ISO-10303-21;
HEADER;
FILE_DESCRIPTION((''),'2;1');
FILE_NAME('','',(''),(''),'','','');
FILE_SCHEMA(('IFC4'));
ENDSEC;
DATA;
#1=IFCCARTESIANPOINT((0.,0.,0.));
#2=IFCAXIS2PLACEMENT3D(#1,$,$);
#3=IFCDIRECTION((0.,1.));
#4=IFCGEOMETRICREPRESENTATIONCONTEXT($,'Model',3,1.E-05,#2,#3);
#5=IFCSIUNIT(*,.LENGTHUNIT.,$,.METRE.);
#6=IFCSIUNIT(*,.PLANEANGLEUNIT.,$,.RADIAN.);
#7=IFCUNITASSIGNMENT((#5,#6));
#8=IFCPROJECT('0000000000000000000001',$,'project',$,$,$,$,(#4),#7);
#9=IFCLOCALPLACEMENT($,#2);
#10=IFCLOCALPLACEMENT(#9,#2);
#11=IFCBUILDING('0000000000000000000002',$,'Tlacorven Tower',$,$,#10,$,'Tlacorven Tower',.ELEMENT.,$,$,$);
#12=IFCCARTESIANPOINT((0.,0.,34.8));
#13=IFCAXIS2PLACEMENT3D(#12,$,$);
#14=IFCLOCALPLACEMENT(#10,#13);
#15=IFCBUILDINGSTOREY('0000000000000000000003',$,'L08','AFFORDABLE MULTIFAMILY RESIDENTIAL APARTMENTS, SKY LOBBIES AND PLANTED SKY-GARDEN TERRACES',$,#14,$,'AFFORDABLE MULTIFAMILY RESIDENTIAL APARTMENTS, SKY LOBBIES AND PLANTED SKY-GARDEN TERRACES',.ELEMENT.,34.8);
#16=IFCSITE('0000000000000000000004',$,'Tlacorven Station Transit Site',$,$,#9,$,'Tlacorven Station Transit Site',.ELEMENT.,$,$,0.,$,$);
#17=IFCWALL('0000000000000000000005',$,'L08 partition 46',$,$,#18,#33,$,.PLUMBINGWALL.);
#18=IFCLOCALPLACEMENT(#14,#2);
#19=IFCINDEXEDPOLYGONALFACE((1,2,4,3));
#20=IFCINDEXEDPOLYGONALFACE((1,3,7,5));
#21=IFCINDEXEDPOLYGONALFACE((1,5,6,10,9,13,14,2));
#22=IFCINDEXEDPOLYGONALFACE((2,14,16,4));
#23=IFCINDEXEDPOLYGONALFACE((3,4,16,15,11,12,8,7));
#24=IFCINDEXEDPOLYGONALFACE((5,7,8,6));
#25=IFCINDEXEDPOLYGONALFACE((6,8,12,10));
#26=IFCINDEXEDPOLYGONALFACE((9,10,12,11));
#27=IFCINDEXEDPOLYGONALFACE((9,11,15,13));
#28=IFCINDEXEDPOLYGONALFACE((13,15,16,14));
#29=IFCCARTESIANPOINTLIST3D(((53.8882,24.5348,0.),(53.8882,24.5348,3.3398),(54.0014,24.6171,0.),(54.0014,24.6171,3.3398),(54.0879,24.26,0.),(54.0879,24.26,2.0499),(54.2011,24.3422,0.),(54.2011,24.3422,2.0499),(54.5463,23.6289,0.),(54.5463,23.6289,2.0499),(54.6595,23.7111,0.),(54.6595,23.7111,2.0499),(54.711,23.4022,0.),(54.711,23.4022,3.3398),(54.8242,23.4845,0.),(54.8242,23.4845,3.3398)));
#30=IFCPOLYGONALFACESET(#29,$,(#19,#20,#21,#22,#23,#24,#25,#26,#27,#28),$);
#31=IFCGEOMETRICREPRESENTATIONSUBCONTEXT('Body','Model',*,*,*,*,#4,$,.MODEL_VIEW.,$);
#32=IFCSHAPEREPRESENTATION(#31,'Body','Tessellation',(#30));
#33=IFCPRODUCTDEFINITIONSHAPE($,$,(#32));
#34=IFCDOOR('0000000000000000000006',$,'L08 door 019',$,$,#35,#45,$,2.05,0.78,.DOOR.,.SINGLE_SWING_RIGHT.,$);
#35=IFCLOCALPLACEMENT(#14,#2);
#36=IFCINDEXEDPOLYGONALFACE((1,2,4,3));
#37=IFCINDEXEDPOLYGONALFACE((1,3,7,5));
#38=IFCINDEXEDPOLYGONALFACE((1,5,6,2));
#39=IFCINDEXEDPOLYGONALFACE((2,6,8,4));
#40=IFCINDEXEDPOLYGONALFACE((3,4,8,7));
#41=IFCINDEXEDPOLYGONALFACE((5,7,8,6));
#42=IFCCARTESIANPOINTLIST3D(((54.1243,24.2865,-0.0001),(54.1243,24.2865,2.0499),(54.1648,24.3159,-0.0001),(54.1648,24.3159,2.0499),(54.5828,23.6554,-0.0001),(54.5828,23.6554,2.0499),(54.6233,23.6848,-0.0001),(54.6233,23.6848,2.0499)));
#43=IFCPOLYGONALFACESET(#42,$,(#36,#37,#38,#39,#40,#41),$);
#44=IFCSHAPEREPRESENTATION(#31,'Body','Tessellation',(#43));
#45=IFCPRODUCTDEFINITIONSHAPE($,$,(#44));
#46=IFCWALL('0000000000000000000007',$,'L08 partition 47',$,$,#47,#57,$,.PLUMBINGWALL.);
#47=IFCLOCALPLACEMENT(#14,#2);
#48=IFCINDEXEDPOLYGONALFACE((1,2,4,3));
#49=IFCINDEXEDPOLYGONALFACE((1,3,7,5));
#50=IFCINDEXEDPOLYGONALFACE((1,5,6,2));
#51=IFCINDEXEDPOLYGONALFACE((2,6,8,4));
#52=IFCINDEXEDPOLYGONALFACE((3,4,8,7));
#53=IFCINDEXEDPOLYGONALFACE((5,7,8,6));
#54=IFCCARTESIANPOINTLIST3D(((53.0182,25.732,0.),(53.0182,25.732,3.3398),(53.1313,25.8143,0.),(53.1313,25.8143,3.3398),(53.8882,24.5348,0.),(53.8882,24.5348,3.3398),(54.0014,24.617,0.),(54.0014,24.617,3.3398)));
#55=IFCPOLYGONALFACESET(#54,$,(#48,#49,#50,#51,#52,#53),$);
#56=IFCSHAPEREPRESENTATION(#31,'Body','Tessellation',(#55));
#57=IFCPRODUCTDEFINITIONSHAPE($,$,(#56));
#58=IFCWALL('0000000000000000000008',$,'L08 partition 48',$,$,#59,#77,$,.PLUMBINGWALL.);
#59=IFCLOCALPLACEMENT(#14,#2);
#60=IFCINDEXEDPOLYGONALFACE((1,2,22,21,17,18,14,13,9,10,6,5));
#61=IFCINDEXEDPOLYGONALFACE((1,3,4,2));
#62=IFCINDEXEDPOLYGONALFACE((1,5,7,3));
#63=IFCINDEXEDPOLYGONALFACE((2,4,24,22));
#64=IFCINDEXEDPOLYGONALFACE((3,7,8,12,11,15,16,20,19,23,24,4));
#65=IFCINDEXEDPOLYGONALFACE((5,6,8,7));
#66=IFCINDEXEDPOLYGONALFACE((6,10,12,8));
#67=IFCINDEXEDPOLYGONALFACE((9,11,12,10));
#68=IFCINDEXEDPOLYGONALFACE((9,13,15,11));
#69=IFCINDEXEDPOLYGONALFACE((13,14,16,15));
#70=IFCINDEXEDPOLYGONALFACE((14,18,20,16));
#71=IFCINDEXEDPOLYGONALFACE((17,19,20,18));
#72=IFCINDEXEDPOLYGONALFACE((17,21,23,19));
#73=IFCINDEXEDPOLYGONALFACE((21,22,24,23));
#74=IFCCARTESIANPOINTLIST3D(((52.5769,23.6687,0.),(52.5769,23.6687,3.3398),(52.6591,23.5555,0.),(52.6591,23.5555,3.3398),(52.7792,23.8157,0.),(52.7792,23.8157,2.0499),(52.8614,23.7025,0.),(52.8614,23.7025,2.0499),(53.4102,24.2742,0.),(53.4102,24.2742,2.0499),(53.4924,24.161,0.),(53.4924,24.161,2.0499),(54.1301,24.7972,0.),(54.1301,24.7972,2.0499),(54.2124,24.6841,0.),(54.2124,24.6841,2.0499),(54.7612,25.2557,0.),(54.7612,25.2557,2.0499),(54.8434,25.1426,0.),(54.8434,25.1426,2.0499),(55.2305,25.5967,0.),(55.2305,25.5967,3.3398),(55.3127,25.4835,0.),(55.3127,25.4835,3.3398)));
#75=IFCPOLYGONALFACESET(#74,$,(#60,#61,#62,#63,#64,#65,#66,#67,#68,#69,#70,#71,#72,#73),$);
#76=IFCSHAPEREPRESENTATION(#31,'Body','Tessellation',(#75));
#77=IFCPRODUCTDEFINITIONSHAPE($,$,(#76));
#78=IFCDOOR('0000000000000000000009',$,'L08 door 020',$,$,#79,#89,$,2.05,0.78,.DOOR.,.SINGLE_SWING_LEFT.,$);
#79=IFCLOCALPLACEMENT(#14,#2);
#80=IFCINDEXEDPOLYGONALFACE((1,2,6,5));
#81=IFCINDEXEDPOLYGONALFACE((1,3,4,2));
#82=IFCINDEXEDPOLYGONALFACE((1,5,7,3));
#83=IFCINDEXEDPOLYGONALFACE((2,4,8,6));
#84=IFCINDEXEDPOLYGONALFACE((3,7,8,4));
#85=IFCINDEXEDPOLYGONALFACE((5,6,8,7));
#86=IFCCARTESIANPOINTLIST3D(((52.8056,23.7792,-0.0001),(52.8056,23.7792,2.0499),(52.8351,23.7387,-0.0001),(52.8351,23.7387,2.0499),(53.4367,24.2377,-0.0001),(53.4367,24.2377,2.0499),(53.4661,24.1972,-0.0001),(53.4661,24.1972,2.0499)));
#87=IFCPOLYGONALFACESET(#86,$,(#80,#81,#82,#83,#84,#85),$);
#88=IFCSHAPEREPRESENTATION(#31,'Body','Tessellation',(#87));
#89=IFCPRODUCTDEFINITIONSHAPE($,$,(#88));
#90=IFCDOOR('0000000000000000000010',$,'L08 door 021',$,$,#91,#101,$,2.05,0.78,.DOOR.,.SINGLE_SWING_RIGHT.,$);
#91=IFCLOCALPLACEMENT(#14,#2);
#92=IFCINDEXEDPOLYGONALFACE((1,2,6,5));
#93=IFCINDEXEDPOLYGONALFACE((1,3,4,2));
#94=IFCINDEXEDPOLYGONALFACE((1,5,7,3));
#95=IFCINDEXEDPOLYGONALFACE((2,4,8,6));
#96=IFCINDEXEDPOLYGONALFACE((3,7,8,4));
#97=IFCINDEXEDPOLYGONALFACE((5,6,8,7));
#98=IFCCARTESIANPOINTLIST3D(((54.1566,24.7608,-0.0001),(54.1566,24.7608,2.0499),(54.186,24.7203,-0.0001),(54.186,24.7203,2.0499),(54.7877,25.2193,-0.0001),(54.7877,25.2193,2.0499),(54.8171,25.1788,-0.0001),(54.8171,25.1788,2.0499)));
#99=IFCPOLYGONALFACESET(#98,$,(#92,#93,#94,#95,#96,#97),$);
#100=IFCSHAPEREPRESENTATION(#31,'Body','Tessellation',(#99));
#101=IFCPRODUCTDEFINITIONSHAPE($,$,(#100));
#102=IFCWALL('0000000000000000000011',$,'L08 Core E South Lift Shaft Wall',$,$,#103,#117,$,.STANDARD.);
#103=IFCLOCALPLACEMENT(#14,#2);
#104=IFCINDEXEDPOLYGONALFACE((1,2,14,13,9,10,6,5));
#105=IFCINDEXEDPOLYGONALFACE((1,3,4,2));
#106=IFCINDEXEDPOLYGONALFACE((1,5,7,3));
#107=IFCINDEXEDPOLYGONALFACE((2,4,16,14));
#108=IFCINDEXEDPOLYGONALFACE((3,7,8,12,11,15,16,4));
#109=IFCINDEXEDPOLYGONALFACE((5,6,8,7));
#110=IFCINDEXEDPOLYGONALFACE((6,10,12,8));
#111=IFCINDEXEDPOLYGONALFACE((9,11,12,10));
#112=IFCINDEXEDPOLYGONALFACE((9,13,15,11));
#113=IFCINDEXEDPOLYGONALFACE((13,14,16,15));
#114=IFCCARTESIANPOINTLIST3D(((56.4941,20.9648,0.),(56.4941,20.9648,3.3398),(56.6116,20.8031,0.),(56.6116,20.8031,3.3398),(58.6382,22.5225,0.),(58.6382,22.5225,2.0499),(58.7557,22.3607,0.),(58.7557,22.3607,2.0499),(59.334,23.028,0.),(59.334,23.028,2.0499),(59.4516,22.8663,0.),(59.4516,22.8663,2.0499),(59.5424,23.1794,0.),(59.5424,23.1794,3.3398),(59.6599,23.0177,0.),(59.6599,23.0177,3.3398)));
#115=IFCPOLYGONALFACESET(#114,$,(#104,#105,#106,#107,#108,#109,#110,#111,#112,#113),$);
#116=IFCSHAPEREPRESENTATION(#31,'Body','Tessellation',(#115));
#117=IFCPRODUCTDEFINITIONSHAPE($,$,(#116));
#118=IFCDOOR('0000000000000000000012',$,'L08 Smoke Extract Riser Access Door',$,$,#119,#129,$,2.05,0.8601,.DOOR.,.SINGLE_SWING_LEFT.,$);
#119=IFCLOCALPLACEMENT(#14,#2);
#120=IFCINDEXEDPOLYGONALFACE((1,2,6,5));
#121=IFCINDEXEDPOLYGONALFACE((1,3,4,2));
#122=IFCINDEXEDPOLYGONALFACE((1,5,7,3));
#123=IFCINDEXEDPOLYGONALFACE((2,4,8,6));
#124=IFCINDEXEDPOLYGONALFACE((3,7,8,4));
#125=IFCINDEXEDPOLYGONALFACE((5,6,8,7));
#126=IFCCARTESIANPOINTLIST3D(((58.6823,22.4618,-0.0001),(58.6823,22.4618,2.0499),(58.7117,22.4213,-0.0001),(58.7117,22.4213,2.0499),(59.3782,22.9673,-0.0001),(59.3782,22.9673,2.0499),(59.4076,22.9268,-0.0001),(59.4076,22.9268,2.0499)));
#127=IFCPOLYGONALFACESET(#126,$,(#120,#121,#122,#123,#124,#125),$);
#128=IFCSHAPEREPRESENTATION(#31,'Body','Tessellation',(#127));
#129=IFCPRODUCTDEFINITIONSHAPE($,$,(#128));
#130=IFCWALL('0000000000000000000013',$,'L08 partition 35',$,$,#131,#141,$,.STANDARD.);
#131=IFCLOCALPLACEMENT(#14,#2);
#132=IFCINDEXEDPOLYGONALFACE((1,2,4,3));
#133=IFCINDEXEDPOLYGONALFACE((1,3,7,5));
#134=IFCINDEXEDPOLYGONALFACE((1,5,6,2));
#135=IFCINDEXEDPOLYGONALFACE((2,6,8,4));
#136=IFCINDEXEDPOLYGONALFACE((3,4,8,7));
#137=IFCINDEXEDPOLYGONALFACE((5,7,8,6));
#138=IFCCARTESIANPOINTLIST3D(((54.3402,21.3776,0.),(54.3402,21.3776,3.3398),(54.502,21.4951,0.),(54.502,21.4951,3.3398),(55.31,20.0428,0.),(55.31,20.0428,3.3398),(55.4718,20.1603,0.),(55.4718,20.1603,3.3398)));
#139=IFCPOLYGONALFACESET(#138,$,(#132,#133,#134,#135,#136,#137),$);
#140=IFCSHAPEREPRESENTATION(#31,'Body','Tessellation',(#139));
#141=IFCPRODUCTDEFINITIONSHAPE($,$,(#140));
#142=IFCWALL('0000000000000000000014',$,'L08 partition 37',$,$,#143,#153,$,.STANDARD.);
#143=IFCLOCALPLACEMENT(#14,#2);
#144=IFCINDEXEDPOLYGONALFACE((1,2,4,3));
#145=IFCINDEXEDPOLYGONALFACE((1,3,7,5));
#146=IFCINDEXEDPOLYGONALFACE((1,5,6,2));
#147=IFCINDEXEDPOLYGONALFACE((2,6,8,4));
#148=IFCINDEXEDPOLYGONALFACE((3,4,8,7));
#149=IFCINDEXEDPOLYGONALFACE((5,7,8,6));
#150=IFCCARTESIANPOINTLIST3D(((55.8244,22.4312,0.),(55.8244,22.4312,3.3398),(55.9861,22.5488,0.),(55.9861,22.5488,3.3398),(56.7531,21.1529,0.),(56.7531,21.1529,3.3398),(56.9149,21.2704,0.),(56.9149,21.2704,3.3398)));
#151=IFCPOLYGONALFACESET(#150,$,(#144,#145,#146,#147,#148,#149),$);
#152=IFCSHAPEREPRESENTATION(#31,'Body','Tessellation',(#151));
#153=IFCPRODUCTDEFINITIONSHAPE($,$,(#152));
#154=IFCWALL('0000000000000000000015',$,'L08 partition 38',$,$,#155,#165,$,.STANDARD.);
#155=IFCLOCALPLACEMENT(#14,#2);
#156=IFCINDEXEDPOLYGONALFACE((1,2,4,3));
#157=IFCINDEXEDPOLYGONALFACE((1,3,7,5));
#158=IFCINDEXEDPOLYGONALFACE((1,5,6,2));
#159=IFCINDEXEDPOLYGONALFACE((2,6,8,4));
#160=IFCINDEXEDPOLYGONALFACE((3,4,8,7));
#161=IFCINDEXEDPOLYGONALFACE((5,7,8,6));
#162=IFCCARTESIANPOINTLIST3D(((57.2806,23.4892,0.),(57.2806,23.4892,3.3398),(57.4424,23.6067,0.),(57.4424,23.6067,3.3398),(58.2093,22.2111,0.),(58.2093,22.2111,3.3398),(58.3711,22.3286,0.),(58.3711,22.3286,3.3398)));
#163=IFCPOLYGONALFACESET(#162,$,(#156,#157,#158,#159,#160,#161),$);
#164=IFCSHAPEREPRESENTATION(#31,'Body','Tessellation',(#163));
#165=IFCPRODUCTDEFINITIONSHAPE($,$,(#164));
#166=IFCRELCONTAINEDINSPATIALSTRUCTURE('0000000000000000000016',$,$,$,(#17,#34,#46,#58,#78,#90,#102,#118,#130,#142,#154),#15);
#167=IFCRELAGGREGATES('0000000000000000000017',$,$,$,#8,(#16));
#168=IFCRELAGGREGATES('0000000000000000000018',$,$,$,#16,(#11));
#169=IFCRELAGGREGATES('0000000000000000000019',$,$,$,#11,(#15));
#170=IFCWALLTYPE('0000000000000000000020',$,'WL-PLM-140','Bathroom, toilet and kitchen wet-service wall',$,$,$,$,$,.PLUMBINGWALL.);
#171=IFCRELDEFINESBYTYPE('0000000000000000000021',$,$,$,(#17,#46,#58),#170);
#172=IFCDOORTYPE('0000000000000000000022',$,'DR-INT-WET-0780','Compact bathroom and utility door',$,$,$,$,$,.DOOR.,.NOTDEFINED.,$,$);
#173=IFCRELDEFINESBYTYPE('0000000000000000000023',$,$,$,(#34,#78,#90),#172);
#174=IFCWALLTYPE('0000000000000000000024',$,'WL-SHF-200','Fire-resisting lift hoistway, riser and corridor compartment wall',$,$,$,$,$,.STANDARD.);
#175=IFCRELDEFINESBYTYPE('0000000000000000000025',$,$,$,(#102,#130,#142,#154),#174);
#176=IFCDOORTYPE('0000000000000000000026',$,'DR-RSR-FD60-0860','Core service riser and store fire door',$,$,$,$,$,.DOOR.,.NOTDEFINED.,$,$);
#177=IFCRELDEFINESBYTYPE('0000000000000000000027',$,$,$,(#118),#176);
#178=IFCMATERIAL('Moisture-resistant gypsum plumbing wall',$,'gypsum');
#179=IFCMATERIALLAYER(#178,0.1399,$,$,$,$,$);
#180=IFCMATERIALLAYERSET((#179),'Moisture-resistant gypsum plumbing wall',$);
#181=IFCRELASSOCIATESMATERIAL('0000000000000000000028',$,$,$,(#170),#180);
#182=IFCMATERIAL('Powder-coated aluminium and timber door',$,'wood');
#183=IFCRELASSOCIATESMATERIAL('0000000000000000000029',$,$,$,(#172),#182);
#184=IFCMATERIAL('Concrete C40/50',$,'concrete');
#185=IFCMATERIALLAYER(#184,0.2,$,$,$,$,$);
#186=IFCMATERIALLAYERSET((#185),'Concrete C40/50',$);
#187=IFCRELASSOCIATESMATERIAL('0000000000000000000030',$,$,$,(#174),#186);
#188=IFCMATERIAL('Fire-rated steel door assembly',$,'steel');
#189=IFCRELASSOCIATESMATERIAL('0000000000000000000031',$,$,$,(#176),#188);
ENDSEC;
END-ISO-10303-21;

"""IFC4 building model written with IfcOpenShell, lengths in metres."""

from ifc_helpers import new_model, si_unit, direction, frame, frame_2d, origin, place, context, subcontext, project, spatial, rectangle, extrude, source, transform, mapped, material, layer, layer_set, type_object, element, fill, save


model = new_model("IFC4")

# Units and contexts
model_context = context("Model", 3, precision=1e-05, world=origin(), true_north=direction((0.0, 1.0)))
body_context = subcontext(model_context, "Body", "Model", "MODEL_VIEW")
ifc_project = project(units=[si_unit("LENGTHUNIT", "METRE"), si_unit("PLANEANGLEUNIT", "RADIAN")], contexts=[model_context])

# Site, building, storey
site_placement = place(None, origin())
site = spatial("IfcSite", under=ifc_project, at=site_placement, Name="Tlacorven Station Transit Site", LongName="Tlacorven Station Transit Site", CompositionType="ELEMENT", RefElevation=0.0)
building_placement = place(site_placement, origin())
building = spatial("IfcBuilding", under=site, at=building_placement, Name="Tlacorven Tower", LongName="Tlacorven Tower", CompositionType="ELEMENT")
storey_placement = place(building_placement, frame((0.0, 0.0, 34.8)))
storey = spatial("IfcBuildingStorey", under=building, at=storey_placement, Name="L08", Description="AFFORDABLE MULTIFAMILY RESIDENTIAL APARTMENTS, SKY LOBBIES AND PLANTED SKY-GARDEN TERRACES", LongName="AFFORDABLE MULTIFAMILY RESIDENTIAL APARTMENTS, SKY LOBBIES AND PLANTED SKY-GARDEN TERRACES", CompositionType="ELEMENT", Elevation=34.8)

# Wall, opening, door
ifc_material_1 = material(Name="Moisture-resistant gypsum plumbing wall", Category="gypsum")
ifc_layer_1 = layer(ifc_material_1, 0.1399)
ifc_layer_set_1 = layer_set([ifc_layer_1], Name="Moisture-resistant gypsum plumbing wall")
wall_type_1 = type_object("IfcWallType", Name="WL-PLM-140", Description="Bathroom, toilet and kitchen wet-service wall", PredefinedType="PLUMBINGWALL", material=ifc_layer_set_1)
wall_1_placement = place(storey_placement, frame((54.7676, 23.4434, 0.0), z_axis=(0.0, 0.0, 1.0), x_axis=(-0.587736, 0.809053, 0.0)))
wall_1 = element("IfcWall", 1, at=wall_1_placement, inside=storey, type_object=wall_type_1, Name="L08 partition 46", PredefinedType="PLUMBINGWALL", context=body_context, shape_type="SweptSolid", body=[
    extrude(rectangle(XDim=1.3999, YDim=0.1399, at=frame_2d((0.7, 0.0))), origin(), (0.0, 0.0, 1.0), 3.3398),
])
opening_1_placement = place(wall_1_placement, frame((0.28, 0.0, 0.0)))
opening_1 = element("IfcOpeningElement", 2, at=opening_1_placement, cuts=wall_1, PredefinedType="OPENING", context=body_context, shape_type="SweptSolid", body=[
    extrude(rectangle(XDim=0.78, YDim=2.05, at=frame_2d((0.3901, 1.0249))), frame((0.0, 0.0801, 0.0), z_axis=(0.0, -1.0, 0.0), x_axis=(1.0, 0.0, 0.0)), (0.0, 0.0, 1.0), 0.1599),
])
ifc_material_2 = material(Name="Powder-coated aluminium and timber door", Category="wood")
door_type_1 = type_object("IfcDoorType", Name="DR-INT-WET-0780", Description="Compact bathroom and utility door", OperationType="NOTDEFINED", PredefinedType="DOOR", material=ifc_material_2)
shared_shape_1 = source(origin(), body_context, "Body", "SweptSolid", [
    extrude(rectangle(XDim=0.78, YDim=2.05, at=frame_2d((0.3901, 1.0249))), frame((0.0, 0.0249, 0.0), z_axis=(0.0, -1.0, 0.0), x_axis=(1.0, 0.0, 0.0)), (0.0, 0.0, 1.0), 0.05),
])
door_1_placement = place(opening_1_placement, origin())
door_1 = element("IfcDoor", 3, at=door_1_placement, inside=storey, type_object=door_type_1, Name="L08 door 019", OperationType="SINGLE_SWING_RIGHT", OverallHeight=2.05, OverallWidth=0.78, PredefinedType="DOOR", context=body_context, shape_type="MappedRepresentation", body=[
    mapped(shared_shape_1, transform((0.0, 0.0, 0.0), scale=1.0)),
])
fill(opening_1, door_1)

# Wall
wall_2_placement = place(storey_placement, frame((53.9448, 24.5759, 0.0), z_axis=(0.0, 0.0, 1.0), x_axis=(-0.587897, 0.808936, 0.0)))
element("IfcWall", 4, at=wall_2_placement, inside=storey, type_object=wall_type_1, Name="L08 partition 47", PredefinedType="PLUMBINGWALL", context=body_context, shape_type="SweptSolid", body=[
    extrude(rectangle(XDim=1.48, YDim=0.1399, at=frame_2d((0.74, 0.0))), origin(), (0.0, 0.0, 1.0), 3.3398),
])

# Wall, openings, doors
wall_3_placement = place(storey_placement, frame((52.6179, 23.6121, 0.0), z_axis=(0.0, 0.0, 1.0), x_axis=(0.80901, 0.587795, 0.0)))
wall_3 = element("IfcWall", 5, at=wall_3_placement, inside=storey, type_object=wall_type_1, Name="L08 partition 48", PredefinedType="PLUMBINGWALL", context=body_context, shape_type="SweptSolid", body=[
    extrude(rectangle(XDim=3.28, YDim=0.1399, at=frame_2d((1.6401, 0.0))), origin(), (0.0, 0.0, 1.0), 3.3398),
])
opening_2_placement = place(wall_3_placement, frame((0.25, 0.0, 0.0)))
opening_2 = element("IfcOpeningElement", 6, at=opening_2_placement, cuts=wall_3, PredefinedType="OPENING", context=body_context, shape_type="SweptSolid", body=[
    extrude(rectangle(XDim=0.78, YDim=2.05, at=frame_2d((0.3901, 1.0249))), frame((0.0, 0.0801, 0.0), z_axis=(0.0, -1.0, 0.0), x_axis=(1.0, 0.0, 0.0)), (0.0, 0.0, 1.0), 0.1599),
])
opening_3_placement = place(wall_3_placement, frame((1.9199, 0.0, 0.0)))
opening_3 = element("IfcOpeningElement", 7, at=opening_3_placement, cuts=wall_3, PredefinedType="OPENING", context=body_context, shape_type="SweptSolid", body=[
    extrude(rectangle(XDim=0.78, YDim=2.05, at=frame_2d((0.3901, 1.0249))), frame((0.0, 0.0801, 0.0), z_axis=(0.0, -1.0, 0.0), x_axis=(1.0, 0.0, 0.0)), (0.0, 0.0, 1.0), 0.1599),
])
door_2_placement = place(opening_2_placement, origin())
door_2 = element("IfcDoor", 8, at=door_2_placement, inside=storey, type_object=door_type_1, Name="L08 door 020", OperationType="SINGLE_SWING_LEFT", OverallHeight=2.05, OverallWidth=0.78, PredefinedType="DOOR", context=body_context, shape_type="MappedRepresentation", body=[
    mapped(shared_shape_1, transform((0.0, 0.0, 0.0), scale=1.0)),
])
fill(opening_2, door_2)
door_3_placement = place(opening_3_placement, origin())
door_3 = element("IfcDoor", 9, at=door_3_placement, inside=storey, type_object=door_type_1, Name="L08 door 021", OperationType="SINGLE_SWING_RIGHT", OverallHeight=2.05, OverallWidth=0.78, PredefinedType="DOOR", context=body_context, shape_type="MappedRepresentation", body=[
    mapped(shared_shape_1, transform((0.0, 0.0, 0.0), scale=1.0)),
])
fill(opening_3, door_3)

# Wall, opening, door
ifc_material_3 = material(Name="Concrete C40/50", Category="concrete")
ifc_layer_2 = layer(ifc_material_3, 0.2)
ifc_layer_set_2 = layer_set([ifc_layer_2], Name="Concrete C40/50")
wall_type_2 = type_object("IfcWallType", Name="WL-SHF-200", Description="Fire-resisting lift hoistway, riser and corridor compartment wall", PredefinedType="STANDARD", material=ifc_layer_set_2)
wall_4_placement = place(storey_placement, frame((56.553, 20.884, 0.0), z_axis=(0.0, 0.0, 1.0), x_axis=(0.809036, 0.587759, 0.0)))
wall_4 = element("IfcWall", 10, at=wall_4_placement, inside=storey, type_object=wall_type_2, Name="L08 Core E South Lift Shaft Wall", PredefinedType="STANDARD", context=body_context, shape_type="SweptSolid", body=[
    extrude(rectangle(XDim=3.7678, YDim=0.2, at=frame_2d((1.8838, 0.0))), origin(), (0.0, 0.0, 1.0), 3.3398),
])
opening_4_placement = place(wall_4_placement, frame((2.6499, 0.0, 0.0)))
opening_4 = element("IfcOpeningElement", 11, at=opening_4_placement, cuts=wall_4, PredefinedType="OPENING", context=body_context, shape_type="SweptSolid", body=[
    extrude(rectangle(XDim=0.8601, YDim=2.05, at=frame_2d((0.4302, 1.0249))), frame((0.0, 0.1099, 0.0), z_axis=(0.0, -1.0, 0.0), x_axis=(1.0, 0.0, 0.0)), (0.0, 0.0, 1.0), 0.22),
])
ifc_material_4 = material(Name="Fire-rated steel door assembly", Category="steel")
door_type_2 = type_object("IfcDoorType", Name="DR-RSR-FD60-0860", Description="Core service riser and store fire door", OperationType="NOTDEFINED", PredefinedType="DOOR", material=ifc_material_4)
shared_shape_2 = source(origin(), body_context, "Body", "SweptSolid", [
    extrude(rectangle(XDim=0.8601, YDim=2.05, at=frame_2d((0.4302, 1.0249))), frame((0.0, 0.0249, 0.0), z_axis=(0.0, -1.0, 0.0), x_axis=(1.0, 0.0, 0.0)), (0.0, 0.0, 1.0), 0.05),
])
door_4_placement = place(opening_4_placement, origin())
door_4 = element("IfcDoor", 12, at=door_4_placement, inside=storey, type_object=door_type_2, Name="L08 Smoke Extract Riser Access Door", OperationType="SINGLE_SWING_LEFT", OverallHeight=2.05, OverallWidth=0.8601, PredefinedType="DOOR", context=body_context, shape_type="MappedRepresentation", body=[
    mapped(shared_shape_2, transform((0.0, 0.0, 0.0), scale=1.0)),
])
fill(opening_4, door_4)

# Walls
wall_5_placement = place(storey_placement, frame((55.3909, 20.1016, 0.0), z_axis=(0.0, 0.0, 1.0), x_axis=(-0.587784, 0.809018, 0.0)))
element("IfcWall", 13, at=wall_5_placement, inside=storey, type_object=wall_type_2, Name="L08 partition 35", PredefinedType="STANDARD", context=body_context, shape_type="SweptSolid", body=[
    extrude(rectangle(XDim=1.6499, YDim=0.2, at=frame_2d((0.825, 0.0))), origin(), (0.0, 0.0, 1.0), 3.3398),
])
wall_6_placement = place(storey_placement, frame((56.834, 21.2117, 0.0), z_axis=(0.0, 0.0, 1.0), x_axis=(-0.587767, 0.80903, 0.0)))
element("IfcWall", 14, at=wall_6_placement, inside=storey, type_object=wall_type_2, Name="L08 partition 37", PredefinedType="STANDARD", context=body_context, shape_type="SweptSolid", body=[
    extrude(rectangle(XDim=1.5801, YDim=0.2, at=frame_2d((0.79, 0.0))), origin(), (0.0, 0.0, 1.0), 3.3398),
])
wall_7_placement = place(storey_placement, frame((58.2903, 22.2698, 0.0), z_axis=(0.0, 0.0, 1.0), x_axis=(-0.587841, 0.808977, 0.0)))
element("IfcWall", 15, at=wall_7_placement, inside=storey, type_object=wall_type_2, Name="L08 partition 38", PredefinedType="STANDARD", context=body_context, shape_type="SweptSolid", body=[
    extrude(rectangle(XDim=1.5798, YDim=0.2, at=frame_2d((0.79, 0.0))), origin(), (0.0, 0.0, 1.0), 3.3398),
])

save(model, "model.ifc")
